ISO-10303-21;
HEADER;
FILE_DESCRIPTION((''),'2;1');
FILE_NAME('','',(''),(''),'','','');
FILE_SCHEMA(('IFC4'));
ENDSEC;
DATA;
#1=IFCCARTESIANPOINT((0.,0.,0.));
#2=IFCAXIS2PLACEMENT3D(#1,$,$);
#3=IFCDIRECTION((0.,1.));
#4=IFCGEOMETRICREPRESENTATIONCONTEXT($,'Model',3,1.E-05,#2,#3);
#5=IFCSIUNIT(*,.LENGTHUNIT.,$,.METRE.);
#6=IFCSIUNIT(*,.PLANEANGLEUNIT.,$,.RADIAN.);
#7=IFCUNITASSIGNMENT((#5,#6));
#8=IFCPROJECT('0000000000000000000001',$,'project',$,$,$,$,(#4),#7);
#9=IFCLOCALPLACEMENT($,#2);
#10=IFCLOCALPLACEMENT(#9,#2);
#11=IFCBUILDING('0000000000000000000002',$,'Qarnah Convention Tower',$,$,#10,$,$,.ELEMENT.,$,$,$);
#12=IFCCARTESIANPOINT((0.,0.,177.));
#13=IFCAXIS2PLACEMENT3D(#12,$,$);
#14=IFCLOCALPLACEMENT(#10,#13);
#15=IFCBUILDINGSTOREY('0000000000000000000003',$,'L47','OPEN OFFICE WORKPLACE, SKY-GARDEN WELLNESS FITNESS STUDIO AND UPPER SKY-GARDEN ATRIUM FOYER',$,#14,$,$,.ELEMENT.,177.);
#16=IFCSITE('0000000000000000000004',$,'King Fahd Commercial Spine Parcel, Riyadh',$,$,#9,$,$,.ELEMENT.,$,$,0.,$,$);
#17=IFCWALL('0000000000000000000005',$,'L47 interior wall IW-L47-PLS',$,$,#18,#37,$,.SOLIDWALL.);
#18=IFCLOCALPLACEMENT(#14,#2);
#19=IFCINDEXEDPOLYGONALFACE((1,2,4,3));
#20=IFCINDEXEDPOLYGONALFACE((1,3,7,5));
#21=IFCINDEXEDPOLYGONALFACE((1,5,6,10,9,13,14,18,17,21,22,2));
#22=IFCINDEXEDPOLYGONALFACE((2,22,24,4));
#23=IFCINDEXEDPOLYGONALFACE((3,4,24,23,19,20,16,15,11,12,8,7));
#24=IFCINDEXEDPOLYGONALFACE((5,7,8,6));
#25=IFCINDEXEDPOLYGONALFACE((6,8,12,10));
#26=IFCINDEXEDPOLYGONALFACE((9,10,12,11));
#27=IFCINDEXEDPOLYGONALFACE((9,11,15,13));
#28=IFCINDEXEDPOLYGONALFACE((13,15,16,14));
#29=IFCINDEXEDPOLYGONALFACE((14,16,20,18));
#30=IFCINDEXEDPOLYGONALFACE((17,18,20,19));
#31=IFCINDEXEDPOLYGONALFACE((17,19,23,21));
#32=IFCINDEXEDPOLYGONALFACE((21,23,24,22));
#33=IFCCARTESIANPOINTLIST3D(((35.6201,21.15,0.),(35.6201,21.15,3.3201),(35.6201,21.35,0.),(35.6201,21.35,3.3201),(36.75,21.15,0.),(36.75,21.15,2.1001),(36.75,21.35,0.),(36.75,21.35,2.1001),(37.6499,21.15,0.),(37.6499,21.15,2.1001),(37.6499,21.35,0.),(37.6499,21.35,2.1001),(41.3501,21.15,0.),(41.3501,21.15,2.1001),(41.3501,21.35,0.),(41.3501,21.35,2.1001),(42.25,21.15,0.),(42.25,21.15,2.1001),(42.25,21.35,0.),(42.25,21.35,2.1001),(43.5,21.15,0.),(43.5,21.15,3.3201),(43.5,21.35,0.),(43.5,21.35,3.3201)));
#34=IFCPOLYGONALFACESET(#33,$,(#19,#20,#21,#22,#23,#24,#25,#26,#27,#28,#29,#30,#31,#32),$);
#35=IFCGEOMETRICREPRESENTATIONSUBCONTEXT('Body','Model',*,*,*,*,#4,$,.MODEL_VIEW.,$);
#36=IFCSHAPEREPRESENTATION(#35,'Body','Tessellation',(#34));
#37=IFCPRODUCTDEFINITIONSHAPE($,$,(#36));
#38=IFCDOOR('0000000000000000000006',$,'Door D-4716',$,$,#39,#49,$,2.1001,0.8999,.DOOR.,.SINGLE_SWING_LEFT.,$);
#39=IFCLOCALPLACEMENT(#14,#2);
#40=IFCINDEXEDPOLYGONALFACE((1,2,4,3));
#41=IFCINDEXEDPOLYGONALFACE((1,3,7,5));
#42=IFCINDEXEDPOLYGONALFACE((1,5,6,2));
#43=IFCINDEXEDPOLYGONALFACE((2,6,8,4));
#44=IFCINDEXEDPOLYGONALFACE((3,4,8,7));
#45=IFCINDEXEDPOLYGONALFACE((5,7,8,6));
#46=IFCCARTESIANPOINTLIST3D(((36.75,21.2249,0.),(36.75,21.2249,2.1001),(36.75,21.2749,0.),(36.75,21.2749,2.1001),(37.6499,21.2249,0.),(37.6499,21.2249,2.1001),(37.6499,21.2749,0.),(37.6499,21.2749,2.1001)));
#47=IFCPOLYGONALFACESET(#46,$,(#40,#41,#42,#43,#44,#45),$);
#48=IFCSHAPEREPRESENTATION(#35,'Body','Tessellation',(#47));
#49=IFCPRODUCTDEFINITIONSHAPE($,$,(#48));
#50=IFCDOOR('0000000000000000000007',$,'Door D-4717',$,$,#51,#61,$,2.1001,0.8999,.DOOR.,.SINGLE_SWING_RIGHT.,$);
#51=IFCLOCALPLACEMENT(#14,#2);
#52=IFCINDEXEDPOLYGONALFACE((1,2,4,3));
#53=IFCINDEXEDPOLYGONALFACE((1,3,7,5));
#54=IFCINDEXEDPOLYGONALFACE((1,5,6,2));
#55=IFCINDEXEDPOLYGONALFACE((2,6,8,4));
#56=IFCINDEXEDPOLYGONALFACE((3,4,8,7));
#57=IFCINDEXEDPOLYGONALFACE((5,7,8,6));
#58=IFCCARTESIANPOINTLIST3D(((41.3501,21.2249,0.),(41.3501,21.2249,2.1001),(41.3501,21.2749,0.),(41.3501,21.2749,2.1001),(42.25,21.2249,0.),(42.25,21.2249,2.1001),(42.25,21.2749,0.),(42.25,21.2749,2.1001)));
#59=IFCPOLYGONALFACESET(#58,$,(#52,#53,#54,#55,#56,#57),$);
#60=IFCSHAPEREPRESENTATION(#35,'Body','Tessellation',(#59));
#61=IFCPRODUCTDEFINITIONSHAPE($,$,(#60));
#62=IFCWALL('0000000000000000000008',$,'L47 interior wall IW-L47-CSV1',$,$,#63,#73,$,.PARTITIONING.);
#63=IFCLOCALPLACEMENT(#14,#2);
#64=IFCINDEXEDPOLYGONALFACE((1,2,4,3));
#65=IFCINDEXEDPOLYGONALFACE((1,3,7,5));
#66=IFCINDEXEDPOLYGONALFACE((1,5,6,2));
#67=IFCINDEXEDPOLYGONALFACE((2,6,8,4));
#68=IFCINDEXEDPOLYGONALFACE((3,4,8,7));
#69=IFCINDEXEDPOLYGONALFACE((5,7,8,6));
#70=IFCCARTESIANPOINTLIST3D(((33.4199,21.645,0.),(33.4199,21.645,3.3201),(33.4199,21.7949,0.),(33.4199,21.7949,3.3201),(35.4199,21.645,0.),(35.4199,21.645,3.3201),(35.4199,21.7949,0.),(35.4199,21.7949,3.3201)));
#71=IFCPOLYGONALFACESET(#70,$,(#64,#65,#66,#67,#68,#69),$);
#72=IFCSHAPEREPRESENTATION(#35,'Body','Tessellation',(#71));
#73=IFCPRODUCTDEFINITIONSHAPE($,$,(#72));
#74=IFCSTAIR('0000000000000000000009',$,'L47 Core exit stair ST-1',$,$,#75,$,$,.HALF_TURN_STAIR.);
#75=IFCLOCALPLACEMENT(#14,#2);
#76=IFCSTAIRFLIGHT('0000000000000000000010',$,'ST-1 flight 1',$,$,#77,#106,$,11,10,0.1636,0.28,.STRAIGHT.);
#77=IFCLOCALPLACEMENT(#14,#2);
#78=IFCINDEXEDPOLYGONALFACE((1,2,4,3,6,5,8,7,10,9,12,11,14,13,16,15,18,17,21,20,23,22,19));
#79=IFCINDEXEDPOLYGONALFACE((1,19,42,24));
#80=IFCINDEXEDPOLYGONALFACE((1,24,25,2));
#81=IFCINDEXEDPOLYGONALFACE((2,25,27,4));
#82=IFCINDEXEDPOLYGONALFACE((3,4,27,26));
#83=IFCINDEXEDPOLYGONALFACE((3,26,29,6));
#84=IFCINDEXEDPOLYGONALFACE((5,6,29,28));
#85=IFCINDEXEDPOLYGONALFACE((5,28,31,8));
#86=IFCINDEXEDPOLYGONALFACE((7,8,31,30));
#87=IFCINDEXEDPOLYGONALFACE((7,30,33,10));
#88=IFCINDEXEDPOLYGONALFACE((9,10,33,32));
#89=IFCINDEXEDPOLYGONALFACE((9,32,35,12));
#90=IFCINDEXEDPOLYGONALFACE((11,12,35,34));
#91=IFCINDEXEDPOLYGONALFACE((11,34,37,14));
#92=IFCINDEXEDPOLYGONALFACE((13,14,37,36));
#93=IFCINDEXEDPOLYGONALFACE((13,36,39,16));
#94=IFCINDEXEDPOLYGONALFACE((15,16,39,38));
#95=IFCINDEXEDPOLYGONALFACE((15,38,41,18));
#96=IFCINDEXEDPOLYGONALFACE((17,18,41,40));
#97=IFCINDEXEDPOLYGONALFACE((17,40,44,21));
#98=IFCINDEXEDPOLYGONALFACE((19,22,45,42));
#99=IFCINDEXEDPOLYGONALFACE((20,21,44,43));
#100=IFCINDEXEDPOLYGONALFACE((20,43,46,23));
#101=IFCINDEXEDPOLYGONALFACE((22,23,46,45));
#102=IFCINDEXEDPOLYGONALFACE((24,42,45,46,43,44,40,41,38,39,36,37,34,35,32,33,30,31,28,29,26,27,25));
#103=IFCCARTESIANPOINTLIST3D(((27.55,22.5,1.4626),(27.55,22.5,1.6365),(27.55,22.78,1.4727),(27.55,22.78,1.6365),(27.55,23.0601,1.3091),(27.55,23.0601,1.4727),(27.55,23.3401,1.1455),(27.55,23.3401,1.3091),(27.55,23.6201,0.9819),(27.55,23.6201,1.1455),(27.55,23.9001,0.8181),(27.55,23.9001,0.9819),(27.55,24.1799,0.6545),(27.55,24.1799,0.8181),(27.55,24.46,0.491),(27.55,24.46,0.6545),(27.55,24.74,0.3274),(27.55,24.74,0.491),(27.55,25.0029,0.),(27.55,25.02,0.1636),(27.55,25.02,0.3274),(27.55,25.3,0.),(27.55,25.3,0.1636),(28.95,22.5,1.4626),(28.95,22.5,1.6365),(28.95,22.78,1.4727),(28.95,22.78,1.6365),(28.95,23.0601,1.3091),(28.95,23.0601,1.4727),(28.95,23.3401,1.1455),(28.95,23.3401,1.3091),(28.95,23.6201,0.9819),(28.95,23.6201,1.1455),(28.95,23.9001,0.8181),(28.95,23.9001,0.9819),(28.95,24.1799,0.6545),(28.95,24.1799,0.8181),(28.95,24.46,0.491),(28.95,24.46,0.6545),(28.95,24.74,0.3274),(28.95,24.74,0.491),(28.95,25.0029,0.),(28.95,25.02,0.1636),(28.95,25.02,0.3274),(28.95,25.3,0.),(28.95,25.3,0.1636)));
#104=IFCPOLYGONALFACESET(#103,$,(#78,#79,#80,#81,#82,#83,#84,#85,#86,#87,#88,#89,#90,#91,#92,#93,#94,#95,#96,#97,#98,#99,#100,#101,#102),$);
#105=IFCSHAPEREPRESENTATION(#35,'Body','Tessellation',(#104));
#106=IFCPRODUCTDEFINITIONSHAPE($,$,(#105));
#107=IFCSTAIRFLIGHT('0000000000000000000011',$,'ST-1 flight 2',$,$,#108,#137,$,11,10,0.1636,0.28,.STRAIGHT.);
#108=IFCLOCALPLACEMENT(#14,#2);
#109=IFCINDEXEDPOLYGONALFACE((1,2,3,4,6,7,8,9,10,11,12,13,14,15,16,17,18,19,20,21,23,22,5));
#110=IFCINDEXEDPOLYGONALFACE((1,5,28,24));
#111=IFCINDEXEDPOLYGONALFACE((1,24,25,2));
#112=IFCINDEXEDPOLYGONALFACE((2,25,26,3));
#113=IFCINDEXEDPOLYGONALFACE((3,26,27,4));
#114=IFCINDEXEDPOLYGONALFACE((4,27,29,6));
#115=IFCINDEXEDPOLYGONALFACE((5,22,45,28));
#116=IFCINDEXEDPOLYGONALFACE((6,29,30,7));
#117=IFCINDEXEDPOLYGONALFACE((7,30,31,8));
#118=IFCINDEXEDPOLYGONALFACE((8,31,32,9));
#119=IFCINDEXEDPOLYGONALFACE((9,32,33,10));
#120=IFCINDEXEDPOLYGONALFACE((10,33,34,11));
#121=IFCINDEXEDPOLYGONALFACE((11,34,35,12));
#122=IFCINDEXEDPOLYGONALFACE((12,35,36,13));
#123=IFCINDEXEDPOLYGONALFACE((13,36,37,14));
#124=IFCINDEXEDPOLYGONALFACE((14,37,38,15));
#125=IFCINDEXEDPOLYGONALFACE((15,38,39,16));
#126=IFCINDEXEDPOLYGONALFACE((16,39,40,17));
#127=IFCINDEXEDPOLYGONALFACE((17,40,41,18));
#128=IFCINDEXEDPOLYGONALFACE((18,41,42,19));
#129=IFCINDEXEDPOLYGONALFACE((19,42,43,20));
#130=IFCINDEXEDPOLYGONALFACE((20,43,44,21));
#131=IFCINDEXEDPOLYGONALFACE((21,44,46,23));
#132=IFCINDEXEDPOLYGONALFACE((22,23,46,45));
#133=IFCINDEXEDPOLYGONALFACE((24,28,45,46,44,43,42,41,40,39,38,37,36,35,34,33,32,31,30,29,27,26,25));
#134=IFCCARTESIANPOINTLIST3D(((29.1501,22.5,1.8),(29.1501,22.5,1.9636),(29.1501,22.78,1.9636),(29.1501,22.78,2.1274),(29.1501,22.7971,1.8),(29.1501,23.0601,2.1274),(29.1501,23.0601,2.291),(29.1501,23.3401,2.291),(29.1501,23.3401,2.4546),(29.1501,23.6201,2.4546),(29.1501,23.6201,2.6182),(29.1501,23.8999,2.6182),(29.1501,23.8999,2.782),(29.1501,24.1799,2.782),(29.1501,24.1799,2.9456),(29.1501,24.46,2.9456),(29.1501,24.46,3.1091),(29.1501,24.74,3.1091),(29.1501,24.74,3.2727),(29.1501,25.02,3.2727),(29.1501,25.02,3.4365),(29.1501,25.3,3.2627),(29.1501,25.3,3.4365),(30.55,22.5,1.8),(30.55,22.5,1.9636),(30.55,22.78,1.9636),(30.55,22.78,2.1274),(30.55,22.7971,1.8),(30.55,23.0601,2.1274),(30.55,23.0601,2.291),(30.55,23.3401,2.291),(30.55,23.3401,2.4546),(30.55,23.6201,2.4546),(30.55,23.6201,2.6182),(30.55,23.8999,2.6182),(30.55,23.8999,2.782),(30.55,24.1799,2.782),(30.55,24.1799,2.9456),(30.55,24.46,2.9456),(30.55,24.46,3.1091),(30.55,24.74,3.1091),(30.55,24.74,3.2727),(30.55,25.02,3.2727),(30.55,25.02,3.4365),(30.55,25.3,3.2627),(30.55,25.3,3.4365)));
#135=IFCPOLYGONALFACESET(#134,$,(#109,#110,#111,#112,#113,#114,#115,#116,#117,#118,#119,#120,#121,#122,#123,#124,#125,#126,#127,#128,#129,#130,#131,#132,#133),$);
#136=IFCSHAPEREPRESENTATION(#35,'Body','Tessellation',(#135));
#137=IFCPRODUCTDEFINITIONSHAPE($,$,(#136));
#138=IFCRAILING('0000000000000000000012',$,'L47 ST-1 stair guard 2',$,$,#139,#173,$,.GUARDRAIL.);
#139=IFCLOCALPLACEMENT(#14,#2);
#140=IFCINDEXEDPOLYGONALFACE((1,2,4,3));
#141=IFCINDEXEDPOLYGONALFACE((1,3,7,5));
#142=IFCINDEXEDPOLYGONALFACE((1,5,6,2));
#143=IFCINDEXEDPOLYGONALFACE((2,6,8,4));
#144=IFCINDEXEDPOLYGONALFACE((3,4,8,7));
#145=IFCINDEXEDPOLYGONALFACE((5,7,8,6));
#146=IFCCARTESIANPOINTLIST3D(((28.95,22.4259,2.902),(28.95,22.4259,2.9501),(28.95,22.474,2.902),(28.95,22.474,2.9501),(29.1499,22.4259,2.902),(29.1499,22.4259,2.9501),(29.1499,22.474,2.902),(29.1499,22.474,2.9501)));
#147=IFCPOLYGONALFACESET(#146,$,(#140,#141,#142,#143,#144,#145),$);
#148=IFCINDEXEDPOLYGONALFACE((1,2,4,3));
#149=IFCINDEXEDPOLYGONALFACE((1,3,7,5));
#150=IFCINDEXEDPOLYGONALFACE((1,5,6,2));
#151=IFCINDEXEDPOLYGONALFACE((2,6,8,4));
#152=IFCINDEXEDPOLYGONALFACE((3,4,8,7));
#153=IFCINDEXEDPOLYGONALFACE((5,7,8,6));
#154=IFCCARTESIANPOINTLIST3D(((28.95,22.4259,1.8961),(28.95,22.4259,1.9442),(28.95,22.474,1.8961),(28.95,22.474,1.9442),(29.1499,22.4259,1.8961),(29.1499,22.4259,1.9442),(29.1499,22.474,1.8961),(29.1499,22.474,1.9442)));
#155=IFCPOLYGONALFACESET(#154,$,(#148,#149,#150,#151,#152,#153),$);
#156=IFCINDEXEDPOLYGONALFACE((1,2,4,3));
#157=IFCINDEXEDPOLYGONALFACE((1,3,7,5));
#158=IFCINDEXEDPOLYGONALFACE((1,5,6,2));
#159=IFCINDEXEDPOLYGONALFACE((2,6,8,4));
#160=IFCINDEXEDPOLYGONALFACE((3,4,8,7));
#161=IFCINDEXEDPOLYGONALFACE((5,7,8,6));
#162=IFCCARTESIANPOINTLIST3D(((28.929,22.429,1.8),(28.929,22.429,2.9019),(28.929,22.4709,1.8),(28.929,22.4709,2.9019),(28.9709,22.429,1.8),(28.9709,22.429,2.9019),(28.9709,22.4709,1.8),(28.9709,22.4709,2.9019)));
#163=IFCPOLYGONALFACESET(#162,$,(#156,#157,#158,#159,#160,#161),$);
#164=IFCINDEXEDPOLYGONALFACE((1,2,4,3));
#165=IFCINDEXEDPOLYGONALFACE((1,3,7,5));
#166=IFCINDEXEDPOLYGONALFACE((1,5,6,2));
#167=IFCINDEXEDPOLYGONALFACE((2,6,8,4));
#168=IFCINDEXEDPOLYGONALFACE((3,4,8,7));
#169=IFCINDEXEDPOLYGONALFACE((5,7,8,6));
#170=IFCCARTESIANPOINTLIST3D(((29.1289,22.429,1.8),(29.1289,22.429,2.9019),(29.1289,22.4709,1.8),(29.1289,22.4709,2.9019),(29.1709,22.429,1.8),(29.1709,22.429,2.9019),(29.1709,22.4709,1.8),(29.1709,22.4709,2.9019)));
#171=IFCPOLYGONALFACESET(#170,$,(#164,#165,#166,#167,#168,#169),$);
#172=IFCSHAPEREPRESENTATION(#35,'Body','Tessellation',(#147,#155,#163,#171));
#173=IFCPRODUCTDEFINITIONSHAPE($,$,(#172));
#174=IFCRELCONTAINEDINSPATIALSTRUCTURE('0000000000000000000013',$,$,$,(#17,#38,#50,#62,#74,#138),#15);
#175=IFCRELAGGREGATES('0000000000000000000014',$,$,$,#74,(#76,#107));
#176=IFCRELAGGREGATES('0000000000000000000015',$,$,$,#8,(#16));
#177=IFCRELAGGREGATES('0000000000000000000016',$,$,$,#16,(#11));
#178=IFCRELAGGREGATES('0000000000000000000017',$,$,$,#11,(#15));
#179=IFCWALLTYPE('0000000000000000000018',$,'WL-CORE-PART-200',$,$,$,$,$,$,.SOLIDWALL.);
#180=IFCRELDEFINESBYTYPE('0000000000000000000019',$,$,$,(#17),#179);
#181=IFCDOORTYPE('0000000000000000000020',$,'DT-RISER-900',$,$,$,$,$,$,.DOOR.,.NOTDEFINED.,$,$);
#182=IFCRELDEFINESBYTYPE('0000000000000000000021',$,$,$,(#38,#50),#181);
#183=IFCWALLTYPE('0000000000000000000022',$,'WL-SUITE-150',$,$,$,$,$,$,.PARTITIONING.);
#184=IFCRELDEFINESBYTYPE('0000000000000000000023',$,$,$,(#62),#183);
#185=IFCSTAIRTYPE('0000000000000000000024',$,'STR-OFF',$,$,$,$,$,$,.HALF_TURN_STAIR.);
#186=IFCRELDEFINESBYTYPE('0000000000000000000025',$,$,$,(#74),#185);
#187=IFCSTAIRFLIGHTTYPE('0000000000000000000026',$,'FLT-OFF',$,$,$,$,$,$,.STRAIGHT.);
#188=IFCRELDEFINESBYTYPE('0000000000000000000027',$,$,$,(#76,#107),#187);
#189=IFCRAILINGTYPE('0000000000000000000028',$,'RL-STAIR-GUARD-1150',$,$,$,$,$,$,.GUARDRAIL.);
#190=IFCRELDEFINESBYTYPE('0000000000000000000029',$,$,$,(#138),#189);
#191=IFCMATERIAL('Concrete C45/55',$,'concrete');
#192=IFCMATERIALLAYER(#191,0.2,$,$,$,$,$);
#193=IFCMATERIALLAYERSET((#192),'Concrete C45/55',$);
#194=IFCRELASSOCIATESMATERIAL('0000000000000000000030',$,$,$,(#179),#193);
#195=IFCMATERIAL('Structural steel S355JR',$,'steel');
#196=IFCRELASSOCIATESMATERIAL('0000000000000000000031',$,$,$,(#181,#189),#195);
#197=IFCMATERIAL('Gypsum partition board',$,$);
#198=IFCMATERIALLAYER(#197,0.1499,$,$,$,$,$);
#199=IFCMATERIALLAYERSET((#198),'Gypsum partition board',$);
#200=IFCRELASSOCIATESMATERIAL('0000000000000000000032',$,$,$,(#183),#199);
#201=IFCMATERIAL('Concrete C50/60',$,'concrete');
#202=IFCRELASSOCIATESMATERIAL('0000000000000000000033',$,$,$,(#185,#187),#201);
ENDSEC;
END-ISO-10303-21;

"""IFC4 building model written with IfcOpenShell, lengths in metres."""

from ifc_helpers import new_model, si_unit, direction, frame, frame_2d, origin, origin_2d, place, context, subcontext, project, spatial, polyline, rectangle, outline, extrude, material, layer, layer_set, type_object, element, fill, aggregate, save


model = new_model("IFC4")

# Units and contexts
model_context = context("Model", 3, precision=1e-05, world=origin(), true_north=direction((0.0, 1.0)))
body_context = subcontext(model_context, "Body", "Model", "MODEL_VIEW")
ifc_project = project(units=[si_unit("LENGTHUNIT", "METRE"), si_unit("PLANEANGLEUNIT", "RADIAN")], contexts=[model_context])

# Site, building, storey
site_placement = place(None, origin())
site = spatial("IfcSite", under=ifc_project, at=site_placement, Name="King Fahd Commercial Spine Parcel, Riyadh", CompositionType="ELEMENT", RefElevation=0.0)
building_placement = place(site_placement, origin())
building = spatial("IfcBuilding", under=site, at=building_placement, Name="Qarnah Convention Tower", CompositionType="ELEMENT")
storey_placement = place(building_placement, frame((0.0, 0.0, 177.0)))
storey = spatial("IfcBuildingStorey", under=building, at=storey_placement, Name="L47", Description="OPEN OFFICE WORKPLACE, SKY-GARDEN WELLNESS FITNESS STUDIO AND UPPER SKY-GARDEN ATRIUM FOYER", CompositionType="ELEMENT", Elevation=177.0)

# Shared definitions
ifc_material_1 = material(Name="Structural steel S355JR", Category="steel")

# Shared definitions
ifc_material_2 = material(Name="Concrete C45/55", Category="concrete")
ifc_layer_1 = layer(ifc_material_2, 0.2)
ifc_layer_set_1 = layer_set([ifc_layer_1], Name="Concrete C45/55")
wall_type_1 = type_object("IfcWallType", Name="WL-CORE-PART-200", PredefinedType="SOLIDWALL", material=ifc_layer_set_1)
door_type_1 = type_object("IfcDoorType", Name="DT-RISER-900", OperationType="NOTDEFINED", PredefinedType="DOOR", material=ifc_material_1)

# Wall, openings, doors
wall_1_placement = place(storey_placement, frame((35.6201, 21.25, 0.0), z_axis=(0.0, 0.0, 1.0), x_axis=(1.0, 0.0, 0.0)))
wall_1 = element("IfcWall", 1, at=wall_1_placement, inside=storey, type_object=wall_type_1, Name="L47 interior wall IW-L47-PLS", PredefinedType="SOLIDWALL", context=body_context, shape_type="SweptSolid", body=[
    extrude(rectangle(XDim=7.8799, YDim=0.2, at=frame_2d((3.9399, 0.0))), origin(), (0.0, 0.0, 1.0), 3.3201),
])
opening_1_placement = place(wall_1_placement, frame((1.1299, 0.0, 0.0)))
opening_1 = element("IfcOpeningElement", 2, at=opening_1_placement, cuts=wall_1, PredefinedType="OPENING", context=body_context, shape_type="SweptSolid", body=[
    extrude(rectangle(XDim=0.8999, YDim=2.1001, at=frame_2d((0.45, 1.05))), frame((0.0, 0.1099, 0.0), z_axis=(0.0, -1.0, 0.0), x_axis=(1.0, 0.0, 0.0)), (0.0, 0.0, 1.0), 0.22),
])
opening_2_placement = place(wall_1_placement, frame((5.73, 0.0, 0.0)))
opening_2 = element("IfcOpeningElement", 3, at=opening_2_placement, cuts=wall_1, PredefinedType="OPENING", context=body_context, shape_type="SweptSolid", body=[
    extrude(rectangle(XDim=0.8999, YDim=2.1001, at=frame_2d((0.45, 1.05))), frame((0.0, 0.1099, 0.0), z_axis=(0.0, -1.0, 0.0), x_axis=(1.0, 0.0, 0.0)), (0.0, 0.0, 1.0), 0.22),
])
door_1_placement = place(opening_1_placement, origin())
door_1 = element("IfcDoor", 4, at=door_1_placement, inside=storey, type_object=door_type_1, Name="Door D-4716", OperationType="SINGLE_SWING_LEFT", OverallHeight=2.1001, OverallWidth=0.8999, PredefinedType="DOOR", context=body_context, shape_type="SweptSolid", body=[
    extrude(rectangle(XDim=0.8999, YDim=2.1001, at=frame_2d((0.45, 1.05))), frame((0.0, 0.0249, 0.0), z_axis=(0.0, -1.0, 0.0), x_axis=(1.0, 0.0, 0.0)), (0.0, 0.0, 1.0), 0.05),
])
fill(opening_1, door_1)
door_2_placement = place(opening_2_placement, origin())
door_2 = element("IfcDoor", 5, at=door_2_placement, inside=storey, type_object=door_type_1, Name="Door D-4717", OperationType="SINGLE_SWING_RIGHT", OverallHeight=2.1001, OverallWidth=0.8999, PredefinedType="DOOR", context=body_context, shape_type="SweptSolid", body=[
    extrude(rectangle(XDim=0.8999, YDim=2.1001, at=frame_2d((0.45, 1.05))), frame((0.0, 0.0249, 0.0), z_axis=(0.0, -1.0, 0.0), x_axis=(1.0, 0.0, 0.0)), (0.0, 0.0, 1.0), 0.05),
])
fill(opening_2, door_2)

# Wall
ifc_material_3 = material(Name="Gypsum partition board")
ifc_layer_2 = layer(ifc_material_3, 0.1499)
ifc_layer_set_2 = layer_set([ifc_layer_2], Name="Gypsum partition board")
wall_type_2 = type_object("IfcWallType", Name="WL-SUITE-150", PredefinedType="PARTITIONING", material=ifc_layer_set_2)
wall_2_placement = place(storey_placement, frame((33.4199, 21.72, 0.0), z_axis=(0.0, 0.0, 1.0), x_axis=(1.0, 0.0, 0.0)))
element("IfcWall", 6, at=wall_2_placement, inside=storey, type_object=wall_type_2, Name="L47 interior wall IW-L47-CSV1", PredefinedType="PARTITIONING", context=body_context, shape_type="SweptSolid", body=[
    extrude(rectangle(XDim=2.0, YDim=0.1499, at=frame_2d((1.0, 0.0))), origin(), (0.0, 0.0, 1.0), 3.3201),
])

# Stair, stair flights
ifc_material_4 = material(Name="Concrete C50/60", Category="concrete")
stair_type = type_object("IfcStairType", Name="STR-OFF", PredefinedType="HALF_TURN_STAIR", material=ifc_material_4)
stair_placement = place(storey_placement, origin())
stair = element("IfcStair", 7, at=stair_placement, inside=storey, type_object=stair_type, Name="L47 Core exit stair ST-1", PredefinedType="HALF_TURN_STAIR")
stair_flight_type = type_object("IfcStairFlightType", Name="FLT-OFF", PredefinedType="STRAIGHT", material=ifc_material_4)
stair_flight_1_placement = place(storey_placement, frame((28.25, 25.3, 0.0), z_axis=(0.0, 0.0, 1.0), x_axis=(0.0, -1.0, 0.0)))
stair_flight_1 = element("IfcStairFlight", 8, at=stair_flight_1_placement, type_object=stair_flight_type, Name="ST-1 flight 1", NumberOfRisers=11, NumberOfTreads=10, PredefinedType="STRAIGHT", RiserHeight=0.1636, TreadLength=0.28, context=body_context, shape_type="SweptSolid", body=[
    extrude(outline(polyline([(0.0, 0.0), (0.0, 0.1636), (0.28, 0.1636), (0.28, 0.3274), (0.5601, 0.3274), (0.5601, 0.491), (0.8401, 0.491), (0.8401, 0.6545), (1.1201, 0.6545), (1.1201, 0.8181), (1.3999, 0.8181), (1.3999, 0.9819), (1.6799, 0.9819), (1.6799, 1.1455), (1.96, 1.1455), (1.96, 1.3091), (2.24, 1.3091), (2.24, 1.4727), (2.52, 1.4727), (2.52, 1.6365), (2.8, 1.6365), (2.8, 1.8), (2.8, 1.4626), (0.2971, 0.0), (0.0, 0.0)])), frame((0.0, 0.7, 0.0), z_axis=(0.0, -1.0, 0.0), x_axis=(1.0, 0.0, 0.0)), (0.0, 0.0, 1.0), 1.3999),
])
stair_flight_2_placement = place(storey_placement, frame((29.8501, 22.5, 1.8), z_axis=(0.0, 0.0, 1.0), x_axis=(0.0, 1.0, 0.0)))
stair_flight_2 = element("IfcStairFlight", 9, at=stair_flight_2_placement, type_object=stair_flight_type, Name="ST-1 flight 2", NumberOfRisers=11, NumberOfTreads=10, PredefinedType="STRAIGHT", RiserHeight=0.1636, TreadLength=0.28, context=body_context, shape_type="SweptSolid", body=[
    extrude(outline(polyline([(0.0, 0.0), (0.0, 0.1636), (0.28, 0.1636), (0.28, 0.3274), (0.5601, 0.3274), (0.5601, 0.491), (0.8401, 0.491), (0.8401, 0.6545), (1.1201, 0.6545), (1.1201, 0.8181), (1.3999, 0.8181), (1.3999, 0.9819), (1.6799, 0.9819), (1.6799, 1.1455), (1.96, 1.1455), (1.96, 1.3091), (2.24, 1.3091), (2.24, 1.4727), (2.52, 1.4727), (2.52, 1.6365), (2.8, 1.6365), (2.8, 1.8), (2.8, 1.4626), (0.2971, 0.0), (0.0, 0.0)])), frame((0.0, 0.7, 0.0), z_axis=(0.0, -1.0, 0.0), x_axis=(1.0, 0.0, 0.0)), (0.0, 0.0, 1.0), 1.3999),
])
aggregate(stair, [stair_flight_1, stair_flight_2])

# Railing
railing_type_1 = type_object("IfcRailingType", Name="RL-STAIR-GUARD-1150", PredefinedType="GUARDRAIL", material=ifc_material_1)
railing_1_placement = place(storey_placement, frame((28.95, 22.45, 1.8)))
element("IfcRailing", 10, at=railing_1_placement, inside=storey, type_object=railing_type_1, Name="L47 ST-1 stair guard 2", PredefinedType="GUARDRAIL", context=body_context, shape_type="SweptSolid", body=[
    extrude(rectangle(XDim=0.0481, YDim=0.0481, at=origin_2d()), frame((0.0, 0.0, 1.126), z_axis=(1.0, 0.0, 0.0), x_axis=(0.0, 1.0, 0.0)), (0.0, 0.0, 1.0), 0.2),
    extrude(rectangle(XDim=0.0481, YDim=0.0481, at=origin_2d()), frame((0.0, 0.0, 0.1201), z_axis=(1.0, 0.0, 0.0), x_axis=(0.0, 1.0, 0.0)), (0.0, 0.0, 1.0), 0.2),
    extrude(rectangle(XDim=0.042, YDim=0.042, at=origin_2d()), origin(), (0.0, 0.0, 1.0), 1.1018),
    extrude(rectangle(XDim=0.042, YDim=0.042, at=origin_2d()), frame((0.2, 0.0, 0.0)), (0.0, 0.0, 1.0), 1.1018),
])

save(model, "model.ifc")
